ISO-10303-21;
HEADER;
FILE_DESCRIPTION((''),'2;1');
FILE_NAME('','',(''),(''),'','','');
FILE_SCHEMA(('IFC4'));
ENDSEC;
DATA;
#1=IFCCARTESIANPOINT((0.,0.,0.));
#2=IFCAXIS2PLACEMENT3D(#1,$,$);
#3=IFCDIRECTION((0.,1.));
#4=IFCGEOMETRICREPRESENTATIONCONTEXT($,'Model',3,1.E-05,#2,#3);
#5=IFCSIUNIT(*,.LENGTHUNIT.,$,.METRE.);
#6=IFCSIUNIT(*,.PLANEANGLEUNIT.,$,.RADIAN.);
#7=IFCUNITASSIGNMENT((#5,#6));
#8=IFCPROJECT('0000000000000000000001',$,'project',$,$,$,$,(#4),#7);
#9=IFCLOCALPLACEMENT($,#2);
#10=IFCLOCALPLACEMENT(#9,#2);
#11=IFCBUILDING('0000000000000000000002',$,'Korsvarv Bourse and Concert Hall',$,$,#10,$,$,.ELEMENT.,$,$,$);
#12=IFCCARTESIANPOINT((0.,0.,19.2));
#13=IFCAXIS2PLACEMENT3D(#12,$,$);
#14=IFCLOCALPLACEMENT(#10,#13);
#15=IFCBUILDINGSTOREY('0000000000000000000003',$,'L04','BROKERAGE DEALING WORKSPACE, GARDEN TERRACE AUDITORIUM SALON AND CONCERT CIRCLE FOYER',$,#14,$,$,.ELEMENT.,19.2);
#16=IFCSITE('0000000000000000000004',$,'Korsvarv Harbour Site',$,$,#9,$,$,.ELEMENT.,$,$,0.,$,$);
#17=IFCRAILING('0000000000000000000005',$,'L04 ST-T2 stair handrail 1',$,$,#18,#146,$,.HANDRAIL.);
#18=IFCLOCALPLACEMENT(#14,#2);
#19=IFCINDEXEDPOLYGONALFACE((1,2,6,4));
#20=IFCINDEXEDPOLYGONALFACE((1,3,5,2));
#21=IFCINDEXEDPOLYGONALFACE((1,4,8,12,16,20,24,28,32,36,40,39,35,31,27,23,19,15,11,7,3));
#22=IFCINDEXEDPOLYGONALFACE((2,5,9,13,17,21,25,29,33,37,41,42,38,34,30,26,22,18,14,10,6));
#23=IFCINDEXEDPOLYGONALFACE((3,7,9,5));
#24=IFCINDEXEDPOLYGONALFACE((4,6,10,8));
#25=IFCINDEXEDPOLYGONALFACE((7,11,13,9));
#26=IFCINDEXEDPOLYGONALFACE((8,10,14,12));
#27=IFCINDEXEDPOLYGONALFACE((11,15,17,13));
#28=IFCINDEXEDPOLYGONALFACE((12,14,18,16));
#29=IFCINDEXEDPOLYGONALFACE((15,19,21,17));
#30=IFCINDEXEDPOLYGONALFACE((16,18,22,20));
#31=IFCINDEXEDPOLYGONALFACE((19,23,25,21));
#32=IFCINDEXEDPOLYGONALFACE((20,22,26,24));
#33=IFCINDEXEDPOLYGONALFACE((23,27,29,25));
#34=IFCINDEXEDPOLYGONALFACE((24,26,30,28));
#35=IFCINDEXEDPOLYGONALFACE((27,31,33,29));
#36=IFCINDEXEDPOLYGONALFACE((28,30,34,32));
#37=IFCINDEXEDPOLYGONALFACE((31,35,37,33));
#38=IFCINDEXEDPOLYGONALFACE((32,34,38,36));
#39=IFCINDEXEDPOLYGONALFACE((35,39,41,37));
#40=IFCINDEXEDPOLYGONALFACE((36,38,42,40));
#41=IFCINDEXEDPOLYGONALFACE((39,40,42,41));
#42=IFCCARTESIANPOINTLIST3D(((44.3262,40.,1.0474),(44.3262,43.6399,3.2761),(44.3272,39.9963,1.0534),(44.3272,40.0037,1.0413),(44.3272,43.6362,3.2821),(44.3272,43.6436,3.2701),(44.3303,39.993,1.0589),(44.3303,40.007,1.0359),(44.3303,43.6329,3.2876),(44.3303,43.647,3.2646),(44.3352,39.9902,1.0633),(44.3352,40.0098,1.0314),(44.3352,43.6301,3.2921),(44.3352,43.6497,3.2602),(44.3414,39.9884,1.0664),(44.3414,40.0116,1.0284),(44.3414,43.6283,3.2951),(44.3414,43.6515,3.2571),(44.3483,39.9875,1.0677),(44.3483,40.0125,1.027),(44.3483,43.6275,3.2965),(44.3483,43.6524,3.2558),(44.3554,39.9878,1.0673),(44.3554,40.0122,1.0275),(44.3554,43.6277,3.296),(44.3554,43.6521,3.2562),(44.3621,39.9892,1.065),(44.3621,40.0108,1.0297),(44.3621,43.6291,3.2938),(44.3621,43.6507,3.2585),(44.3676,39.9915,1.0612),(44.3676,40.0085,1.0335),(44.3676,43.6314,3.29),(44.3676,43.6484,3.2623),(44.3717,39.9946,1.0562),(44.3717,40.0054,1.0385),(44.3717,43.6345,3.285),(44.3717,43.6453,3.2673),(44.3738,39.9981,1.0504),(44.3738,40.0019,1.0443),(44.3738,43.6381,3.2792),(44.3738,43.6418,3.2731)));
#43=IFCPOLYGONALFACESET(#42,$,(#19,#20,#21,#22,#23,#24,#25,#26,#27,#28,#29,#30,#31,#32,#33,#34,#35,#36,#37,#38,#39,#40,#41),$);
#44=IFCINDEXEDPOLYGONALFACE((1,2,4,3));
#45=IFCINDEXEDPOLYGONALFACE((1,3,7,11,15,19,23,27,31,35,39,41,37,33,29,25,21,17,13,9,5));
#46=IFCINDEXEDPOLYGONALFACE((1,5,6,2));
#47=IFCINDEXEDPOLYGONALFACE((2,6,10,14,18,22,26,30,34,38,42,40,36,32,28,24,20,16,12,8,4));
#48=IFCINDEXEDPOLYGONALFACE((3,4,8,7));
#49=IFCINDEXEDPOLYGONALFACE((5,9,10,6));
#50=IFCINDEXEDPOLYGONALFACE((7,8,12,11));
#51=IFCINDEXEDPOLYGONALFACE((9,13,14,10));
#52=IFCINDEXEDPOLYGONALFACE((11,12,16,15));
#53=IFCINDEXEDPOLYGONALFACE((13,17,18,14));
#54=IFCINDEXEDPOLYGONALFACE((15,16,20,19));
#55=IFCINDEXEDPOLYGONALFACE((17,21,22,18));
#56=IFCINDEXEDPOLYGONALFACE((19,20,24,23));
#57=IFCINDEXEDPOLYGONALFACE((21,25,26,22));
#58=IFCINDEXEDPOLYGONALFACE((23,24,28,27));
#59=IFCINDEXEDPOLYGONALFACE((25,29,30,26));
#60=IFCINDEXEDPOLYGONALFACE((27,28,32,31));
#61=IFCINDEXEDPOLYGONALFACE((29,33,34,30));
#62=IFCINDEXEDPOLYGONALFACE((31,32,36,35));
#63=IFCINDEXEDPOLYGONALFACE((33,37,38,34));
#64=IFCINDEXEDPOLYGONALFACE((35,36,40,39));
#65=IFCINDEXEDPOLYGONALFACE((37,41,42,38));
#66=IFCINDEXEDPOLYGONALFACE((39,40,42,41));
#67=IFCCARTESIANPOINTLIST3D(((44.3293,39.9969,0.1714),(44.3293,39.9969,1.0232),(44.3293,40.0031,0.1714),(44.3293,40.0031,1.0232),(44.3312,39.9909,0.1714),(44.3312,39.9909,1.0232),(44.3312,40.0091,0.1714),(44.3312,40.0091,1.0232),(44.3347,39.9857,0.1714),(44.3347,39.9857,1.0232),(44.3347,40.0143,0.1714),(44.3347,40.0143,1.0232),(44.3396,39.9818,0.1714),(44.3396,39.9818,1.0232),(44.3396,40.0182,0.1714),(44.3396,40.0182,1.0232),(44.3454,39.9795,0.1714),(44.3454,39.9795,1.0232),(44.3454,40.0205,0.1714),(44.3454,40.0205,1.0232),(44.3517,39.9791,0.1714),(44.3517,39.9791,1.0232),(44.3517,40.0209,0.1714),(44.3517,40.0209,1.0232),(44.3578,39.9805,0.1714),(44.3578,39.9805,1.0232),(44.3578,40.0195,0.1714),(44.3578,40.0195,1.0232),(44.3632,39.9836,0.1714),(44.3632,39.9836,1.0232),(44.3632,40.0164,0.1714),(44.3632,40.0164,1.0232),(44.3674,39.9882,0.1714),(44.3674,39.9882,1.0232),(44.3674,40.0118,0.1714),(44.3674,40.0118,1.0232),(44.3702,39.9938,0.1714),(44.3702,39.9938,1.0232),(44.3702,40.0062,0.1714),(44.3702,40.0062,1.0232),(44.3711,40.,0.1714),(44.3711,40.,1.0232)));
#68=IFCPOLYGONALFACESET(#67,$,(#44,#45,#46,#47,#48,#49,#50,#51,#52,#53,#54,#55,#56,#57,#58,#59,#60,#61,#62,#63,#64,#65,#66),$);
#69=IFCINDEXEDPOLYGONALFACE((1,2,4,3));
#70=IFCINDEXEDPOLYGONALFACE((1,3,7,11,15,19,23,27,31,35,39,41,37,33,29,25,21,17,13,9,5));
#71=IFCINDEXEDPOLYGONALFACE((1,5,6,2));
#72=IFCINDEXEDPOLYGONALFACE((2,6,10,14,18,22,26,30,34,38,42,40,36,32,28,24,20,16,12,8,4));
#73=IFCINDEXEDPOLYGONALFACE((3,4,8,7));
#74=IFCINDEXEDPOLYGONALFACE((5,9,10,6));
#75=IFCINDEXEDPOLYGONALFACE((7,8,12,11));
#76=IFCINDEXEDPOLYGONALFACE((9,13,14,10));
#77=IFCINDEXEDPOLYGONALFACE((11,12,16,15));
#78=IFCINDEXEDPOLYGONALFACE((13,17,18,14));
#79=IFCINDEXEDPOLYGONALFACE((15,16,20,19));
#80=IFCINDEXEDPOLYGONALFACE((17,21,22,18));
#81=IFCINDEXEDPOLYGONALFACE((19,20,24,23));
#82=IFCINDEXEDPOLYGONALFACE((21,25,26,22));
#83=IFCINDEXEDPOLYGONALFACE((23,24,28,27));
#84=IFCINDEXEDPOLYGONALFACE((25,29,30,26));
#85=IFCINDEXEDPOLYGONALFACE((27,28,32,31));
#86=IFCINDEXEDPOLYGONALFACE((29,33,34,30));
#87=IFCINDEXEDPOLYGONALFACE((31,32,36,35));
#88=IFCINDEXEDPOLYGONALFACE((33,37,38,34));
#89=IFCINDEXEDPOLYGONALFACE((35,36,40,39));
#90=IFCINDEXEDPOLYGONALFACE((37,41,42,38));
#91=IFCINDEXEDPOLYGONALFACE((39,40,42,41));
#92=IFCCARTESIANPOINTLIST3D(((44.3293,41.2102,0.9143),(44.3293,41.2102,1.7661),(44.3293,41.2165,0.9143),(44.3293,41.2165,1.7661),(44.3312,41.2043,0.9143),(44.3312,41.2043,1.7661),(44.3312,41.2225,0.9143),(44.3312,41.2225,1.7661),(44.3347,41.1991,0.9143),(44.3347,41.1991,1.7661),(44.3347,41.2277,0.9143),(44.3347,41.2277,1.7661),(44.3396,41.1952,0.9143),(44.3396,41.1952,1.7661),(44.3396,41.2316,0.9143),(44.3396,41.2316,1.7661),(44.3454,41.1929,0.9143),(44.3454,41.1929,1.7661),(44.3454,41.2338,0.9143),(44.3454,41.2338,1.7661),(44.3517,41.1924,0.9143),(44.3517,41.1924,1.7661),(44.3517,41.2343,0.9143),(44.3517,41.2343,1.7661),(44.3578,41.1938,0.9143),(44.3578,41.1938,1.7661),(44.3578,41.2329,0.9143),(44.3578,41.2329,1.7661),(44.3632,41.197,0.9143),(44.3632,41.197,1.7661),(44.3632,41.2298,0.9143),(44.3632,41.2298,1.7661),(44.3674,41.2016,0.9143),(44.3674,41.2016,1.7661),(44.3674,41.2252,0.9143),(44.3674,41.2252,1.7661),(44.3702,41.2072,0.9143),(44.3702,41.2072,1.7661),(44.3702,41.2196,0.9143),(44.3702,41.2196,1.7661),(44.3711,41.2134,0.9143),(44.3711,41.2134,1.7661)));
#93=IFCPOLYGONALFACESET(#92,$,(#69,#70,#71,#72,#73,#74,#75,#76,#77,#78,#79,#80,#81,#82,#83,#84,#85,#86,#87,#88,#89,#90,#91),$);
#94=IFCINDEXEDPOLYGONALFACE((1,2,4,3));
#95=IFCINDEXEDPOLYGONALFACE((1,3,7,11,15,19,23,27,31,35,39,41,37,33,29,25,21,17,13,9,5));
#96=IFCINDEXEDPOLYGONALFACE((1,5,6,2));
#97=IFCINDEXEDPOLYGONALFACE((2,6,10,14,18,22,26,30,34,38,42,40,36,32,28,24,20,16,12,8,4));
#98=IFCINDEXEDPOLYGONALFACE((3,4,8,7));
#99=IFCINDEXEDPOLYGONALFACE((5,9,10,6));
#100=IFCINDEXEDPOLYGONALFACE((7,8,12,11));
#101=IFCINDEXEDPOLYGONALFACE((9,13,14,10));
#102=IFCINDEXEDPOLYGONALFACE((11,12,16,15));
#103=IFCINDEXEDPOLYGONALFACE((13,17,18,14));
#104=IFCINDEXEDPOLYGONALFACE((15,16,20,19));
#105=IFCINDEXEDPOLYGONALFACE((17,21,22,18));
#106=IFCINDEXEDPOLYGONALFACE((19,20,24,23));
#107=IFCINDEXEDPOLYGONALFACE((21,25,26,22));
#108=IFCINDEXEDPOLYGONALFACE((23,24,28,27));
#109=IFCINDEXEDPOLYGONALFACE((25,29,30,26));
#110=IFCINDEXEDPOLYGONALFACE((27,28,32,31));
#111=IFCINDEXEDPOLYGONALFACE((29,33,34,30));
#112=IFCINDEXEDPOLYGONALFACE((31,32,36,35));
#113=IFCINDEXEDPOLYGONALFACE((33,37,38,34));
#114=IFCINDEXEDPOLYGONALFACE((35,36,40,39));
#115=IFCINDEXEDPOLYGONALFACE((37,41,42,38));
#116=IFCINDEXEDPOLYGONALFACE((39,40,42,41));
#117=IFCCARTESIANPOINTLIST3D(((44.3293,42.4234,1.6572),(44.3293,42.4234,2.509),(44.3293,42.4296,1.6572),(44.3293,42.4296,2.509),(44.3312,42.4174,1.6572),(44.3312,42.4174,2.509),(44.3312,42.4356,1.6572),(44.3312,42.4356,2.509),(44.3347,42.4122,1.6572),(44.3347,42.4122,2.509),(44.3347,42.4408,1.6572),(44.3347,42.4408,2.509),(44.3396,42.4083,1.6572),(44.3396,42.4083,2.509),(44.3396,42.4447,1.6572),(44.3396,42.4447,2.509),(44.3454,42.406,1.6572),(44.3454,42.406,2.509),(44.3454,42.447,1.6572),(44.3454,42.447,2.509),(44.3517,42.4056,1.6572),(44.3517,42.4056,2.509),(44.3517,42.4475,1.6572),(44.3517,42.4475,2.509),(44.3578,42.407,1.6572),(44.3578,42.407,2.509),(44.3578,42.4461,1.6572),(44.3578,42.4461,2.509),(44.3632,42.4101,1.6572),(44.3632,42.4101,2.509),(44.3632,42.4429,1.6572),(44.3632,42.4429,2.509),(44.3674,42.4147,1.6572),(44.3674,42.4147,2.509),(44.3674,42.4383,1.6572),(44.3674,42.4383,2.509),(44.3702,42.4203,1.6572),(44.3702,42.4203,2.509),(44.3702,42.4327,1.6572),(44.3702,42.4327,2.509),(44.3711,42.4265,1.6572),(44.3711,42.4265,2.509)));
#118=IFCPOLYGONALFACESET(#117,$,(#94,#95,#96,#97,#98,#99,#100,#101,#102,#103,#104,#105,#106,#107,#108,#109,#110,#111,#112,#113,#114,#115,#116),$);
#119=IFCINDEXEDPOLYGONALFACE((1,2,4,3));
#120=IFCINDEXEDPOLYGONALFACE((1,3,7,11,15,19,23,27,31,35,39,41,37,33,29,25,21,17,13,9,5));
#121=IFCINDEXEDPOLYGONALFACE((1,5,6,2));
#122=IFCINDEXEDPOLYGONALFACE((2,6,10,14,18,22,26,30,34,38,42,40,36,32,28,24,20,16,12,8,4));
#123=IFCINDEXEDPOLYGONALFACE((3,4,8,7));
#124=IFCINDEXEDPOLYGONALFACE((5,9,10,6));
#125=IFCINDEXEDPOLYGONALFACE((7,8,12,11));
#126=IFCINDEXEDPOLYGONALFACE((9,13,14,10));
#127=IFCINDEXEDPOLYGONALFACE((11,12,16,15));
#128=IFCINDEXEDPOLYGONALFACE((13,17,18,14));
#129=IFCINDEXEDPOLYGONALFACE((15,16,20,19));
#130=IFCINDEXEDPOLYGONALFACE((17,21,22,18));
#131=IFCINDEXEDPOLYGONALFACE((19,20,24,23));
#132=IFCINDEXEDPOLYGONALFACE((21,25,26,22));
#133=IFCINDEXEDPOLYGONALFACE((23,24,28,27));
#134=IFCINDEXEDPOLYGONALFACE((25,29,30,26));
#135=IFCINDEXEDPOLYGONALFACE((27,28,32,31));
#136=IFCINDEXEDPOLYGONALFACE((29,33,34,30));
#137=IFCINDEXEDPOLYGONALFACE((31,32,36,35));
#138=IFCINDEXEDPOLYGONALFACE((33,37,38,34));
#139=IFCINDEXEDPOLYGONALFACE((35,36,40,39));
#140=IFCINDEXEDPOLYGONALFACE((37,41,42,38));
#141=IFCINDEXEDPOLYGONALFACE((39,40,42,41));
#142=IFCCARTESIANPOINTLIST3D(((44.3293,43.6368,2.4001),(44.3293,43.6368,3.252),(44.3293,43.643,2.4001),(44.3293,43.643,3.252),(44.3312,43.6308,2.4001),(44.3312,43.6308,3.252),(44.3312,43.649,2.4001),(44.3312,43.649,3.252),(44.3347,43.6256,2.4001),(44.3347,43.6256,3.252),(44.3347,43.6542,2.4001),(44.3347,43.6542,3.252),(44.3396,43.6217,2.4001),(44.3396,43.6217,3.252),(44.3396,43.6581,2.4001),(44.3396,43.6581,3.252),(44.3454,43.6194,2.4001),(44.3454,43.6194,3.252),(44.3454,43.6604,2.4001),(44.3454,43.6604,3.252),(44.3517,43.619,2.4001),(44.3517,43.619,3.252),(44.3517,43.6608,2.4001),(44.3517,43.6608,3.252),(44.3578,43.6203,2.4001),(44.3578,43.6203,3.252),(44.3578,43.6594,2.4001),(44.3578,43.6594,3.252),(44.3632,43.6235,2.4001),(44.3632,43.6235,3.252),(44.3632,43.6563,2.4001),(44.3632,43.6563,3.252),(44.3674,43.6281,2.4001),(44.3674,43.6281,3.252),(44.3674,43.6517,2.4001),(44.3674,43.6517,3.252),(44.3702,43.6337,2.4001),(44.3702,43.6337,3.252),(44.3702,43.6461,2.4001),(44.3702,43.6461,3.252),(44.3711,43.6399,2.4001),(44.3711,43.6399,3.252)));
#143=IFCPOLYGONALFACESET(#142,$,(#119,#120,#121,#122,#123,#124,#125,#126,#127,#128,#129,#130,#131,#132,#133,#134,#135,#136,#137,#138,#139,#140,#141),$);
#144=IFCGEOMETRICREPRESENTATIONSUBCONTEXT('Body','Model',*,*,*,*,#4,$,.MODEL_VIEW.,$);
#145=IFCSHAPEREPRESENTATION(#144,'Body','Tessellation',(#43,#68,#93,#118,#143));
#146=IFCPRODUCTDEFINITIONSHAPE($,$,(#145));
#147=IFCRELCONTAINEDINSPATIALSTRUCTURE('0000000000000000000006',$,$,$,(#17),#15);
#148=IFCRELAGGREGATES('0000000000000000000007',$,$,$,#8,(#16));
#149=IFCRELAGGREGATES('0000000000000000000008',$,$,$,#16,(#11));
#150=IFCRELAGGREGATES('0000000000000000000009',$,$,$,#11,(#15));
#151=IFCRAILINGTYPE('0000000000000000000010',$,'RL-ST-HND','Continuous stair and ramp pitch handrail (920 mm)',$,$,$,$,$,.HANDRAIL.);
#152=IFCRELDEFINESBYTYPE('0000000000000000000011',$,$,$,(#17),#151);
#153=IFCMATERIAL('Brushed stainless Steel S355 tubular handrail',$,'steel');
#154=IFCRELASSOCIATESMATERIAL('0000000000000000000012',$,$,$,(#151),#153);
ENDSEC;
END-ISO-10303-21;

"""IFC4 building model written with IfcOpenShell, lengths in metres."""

from ifc_helpers import new_model, si_unit, direction, frame, origin, origin_2d, place, context, subcontext, project, spatial, circle, extrude, material, type_object, element, save


model = new_model("IFC4")

# Units and contexts
model_context = context("Model", 3, precision=1e-05, world=origin(), true_north=direction((0.0, 1.0)))
body_context = subcontext(model_context, "Body", "Model", "MODEL_VIEW")
ifc_project = project(units=[si_unit("LENGTHUNIT", "METRE"), si_unit("PLANEANGLEUNIT", "RADIAN")], contexts=[model_context])

# Site, building, storey
site_placement = place(None, origin())
site = spatial("IfcSite", under=ifc_project, at=site_placement, Name="Korsvarv Harbour Site", CompositionType="ELEMENT", RefElevation=0.0)
building_placement = place(site_placement, origin())
building = spatial("IfcBuilding", under=site, at=building_placement, Name="Korsvarv Bourse and Concert Hall", CompositionType="ELEMENT")
storey_placement = place(building_placement, frame((0.0, 0.0, 19.2)))
storey = spatial("IfcBuildingStorey", under=building, at=storey_placement, Name="L04", Description="BROKERAGE DEALING WORKSPACE, GARDEN TERRACE AUDITORIUM SALON AND CONCERT CIRCLE FOYER", CompositionType="ELEMENT", Elevation=19.2)

# Railing
ifc_material_1 = material(Name="Brushed stainless Steel S355 tubular handrail", Category="steel")
railing_type_1 = type_object("IfcRailingType", Name="RL-ST-HND", Description="Continuous stair and ramp pitch handrail (920 mm)", PredefinedType="HANDRAIL", material=ifc_material_1)
railing_1_placement = place(storey_placement, frame((44.3501, 40.0, 0.1714)))
element("IfcRailing", 1, at=railing_1_placement, inside=storey, type_object=railing_type_1, Name="L04 ST-T2 stair handrail 1", PredefinedType="HANDRAIL", context=body_context, shape_type="SweptSolid", body=[
    extrude(circle(Radius=0.0239, at=origin_2d()), frame((0.0, 0.0, 0.876), z_axis=(0.0, 0.852825, 0.522197), x_axis=(-1.0, 0.0, 0.0)), (0.0, 0.0, 1.0), 4.2681),
    extrude(circle(Radius=0.021, at=origin_2d()), origin(), (0.0, 0.0, 1.0), 0.8518),
    extrude(circle(Radius=0.021, at=origin_2d()), frame((0.0, 1.2134, 0.7429)), (0.0, 0.0, 1.0), 0.8518),
    extrude(circle(Radius=0.021, at=origin_2d()), frame((0.0, 2.4265, 1.4858)), (0.0, 0.0, 1.0), 0.8518),
    extrude(circle(Radius=0.021, at=origin_2d()), frame((0.0, 3.6399, 2.2288)), (0.0, 0.0, 1.0), 0.8518),
])

save(model, "model.ifc")
